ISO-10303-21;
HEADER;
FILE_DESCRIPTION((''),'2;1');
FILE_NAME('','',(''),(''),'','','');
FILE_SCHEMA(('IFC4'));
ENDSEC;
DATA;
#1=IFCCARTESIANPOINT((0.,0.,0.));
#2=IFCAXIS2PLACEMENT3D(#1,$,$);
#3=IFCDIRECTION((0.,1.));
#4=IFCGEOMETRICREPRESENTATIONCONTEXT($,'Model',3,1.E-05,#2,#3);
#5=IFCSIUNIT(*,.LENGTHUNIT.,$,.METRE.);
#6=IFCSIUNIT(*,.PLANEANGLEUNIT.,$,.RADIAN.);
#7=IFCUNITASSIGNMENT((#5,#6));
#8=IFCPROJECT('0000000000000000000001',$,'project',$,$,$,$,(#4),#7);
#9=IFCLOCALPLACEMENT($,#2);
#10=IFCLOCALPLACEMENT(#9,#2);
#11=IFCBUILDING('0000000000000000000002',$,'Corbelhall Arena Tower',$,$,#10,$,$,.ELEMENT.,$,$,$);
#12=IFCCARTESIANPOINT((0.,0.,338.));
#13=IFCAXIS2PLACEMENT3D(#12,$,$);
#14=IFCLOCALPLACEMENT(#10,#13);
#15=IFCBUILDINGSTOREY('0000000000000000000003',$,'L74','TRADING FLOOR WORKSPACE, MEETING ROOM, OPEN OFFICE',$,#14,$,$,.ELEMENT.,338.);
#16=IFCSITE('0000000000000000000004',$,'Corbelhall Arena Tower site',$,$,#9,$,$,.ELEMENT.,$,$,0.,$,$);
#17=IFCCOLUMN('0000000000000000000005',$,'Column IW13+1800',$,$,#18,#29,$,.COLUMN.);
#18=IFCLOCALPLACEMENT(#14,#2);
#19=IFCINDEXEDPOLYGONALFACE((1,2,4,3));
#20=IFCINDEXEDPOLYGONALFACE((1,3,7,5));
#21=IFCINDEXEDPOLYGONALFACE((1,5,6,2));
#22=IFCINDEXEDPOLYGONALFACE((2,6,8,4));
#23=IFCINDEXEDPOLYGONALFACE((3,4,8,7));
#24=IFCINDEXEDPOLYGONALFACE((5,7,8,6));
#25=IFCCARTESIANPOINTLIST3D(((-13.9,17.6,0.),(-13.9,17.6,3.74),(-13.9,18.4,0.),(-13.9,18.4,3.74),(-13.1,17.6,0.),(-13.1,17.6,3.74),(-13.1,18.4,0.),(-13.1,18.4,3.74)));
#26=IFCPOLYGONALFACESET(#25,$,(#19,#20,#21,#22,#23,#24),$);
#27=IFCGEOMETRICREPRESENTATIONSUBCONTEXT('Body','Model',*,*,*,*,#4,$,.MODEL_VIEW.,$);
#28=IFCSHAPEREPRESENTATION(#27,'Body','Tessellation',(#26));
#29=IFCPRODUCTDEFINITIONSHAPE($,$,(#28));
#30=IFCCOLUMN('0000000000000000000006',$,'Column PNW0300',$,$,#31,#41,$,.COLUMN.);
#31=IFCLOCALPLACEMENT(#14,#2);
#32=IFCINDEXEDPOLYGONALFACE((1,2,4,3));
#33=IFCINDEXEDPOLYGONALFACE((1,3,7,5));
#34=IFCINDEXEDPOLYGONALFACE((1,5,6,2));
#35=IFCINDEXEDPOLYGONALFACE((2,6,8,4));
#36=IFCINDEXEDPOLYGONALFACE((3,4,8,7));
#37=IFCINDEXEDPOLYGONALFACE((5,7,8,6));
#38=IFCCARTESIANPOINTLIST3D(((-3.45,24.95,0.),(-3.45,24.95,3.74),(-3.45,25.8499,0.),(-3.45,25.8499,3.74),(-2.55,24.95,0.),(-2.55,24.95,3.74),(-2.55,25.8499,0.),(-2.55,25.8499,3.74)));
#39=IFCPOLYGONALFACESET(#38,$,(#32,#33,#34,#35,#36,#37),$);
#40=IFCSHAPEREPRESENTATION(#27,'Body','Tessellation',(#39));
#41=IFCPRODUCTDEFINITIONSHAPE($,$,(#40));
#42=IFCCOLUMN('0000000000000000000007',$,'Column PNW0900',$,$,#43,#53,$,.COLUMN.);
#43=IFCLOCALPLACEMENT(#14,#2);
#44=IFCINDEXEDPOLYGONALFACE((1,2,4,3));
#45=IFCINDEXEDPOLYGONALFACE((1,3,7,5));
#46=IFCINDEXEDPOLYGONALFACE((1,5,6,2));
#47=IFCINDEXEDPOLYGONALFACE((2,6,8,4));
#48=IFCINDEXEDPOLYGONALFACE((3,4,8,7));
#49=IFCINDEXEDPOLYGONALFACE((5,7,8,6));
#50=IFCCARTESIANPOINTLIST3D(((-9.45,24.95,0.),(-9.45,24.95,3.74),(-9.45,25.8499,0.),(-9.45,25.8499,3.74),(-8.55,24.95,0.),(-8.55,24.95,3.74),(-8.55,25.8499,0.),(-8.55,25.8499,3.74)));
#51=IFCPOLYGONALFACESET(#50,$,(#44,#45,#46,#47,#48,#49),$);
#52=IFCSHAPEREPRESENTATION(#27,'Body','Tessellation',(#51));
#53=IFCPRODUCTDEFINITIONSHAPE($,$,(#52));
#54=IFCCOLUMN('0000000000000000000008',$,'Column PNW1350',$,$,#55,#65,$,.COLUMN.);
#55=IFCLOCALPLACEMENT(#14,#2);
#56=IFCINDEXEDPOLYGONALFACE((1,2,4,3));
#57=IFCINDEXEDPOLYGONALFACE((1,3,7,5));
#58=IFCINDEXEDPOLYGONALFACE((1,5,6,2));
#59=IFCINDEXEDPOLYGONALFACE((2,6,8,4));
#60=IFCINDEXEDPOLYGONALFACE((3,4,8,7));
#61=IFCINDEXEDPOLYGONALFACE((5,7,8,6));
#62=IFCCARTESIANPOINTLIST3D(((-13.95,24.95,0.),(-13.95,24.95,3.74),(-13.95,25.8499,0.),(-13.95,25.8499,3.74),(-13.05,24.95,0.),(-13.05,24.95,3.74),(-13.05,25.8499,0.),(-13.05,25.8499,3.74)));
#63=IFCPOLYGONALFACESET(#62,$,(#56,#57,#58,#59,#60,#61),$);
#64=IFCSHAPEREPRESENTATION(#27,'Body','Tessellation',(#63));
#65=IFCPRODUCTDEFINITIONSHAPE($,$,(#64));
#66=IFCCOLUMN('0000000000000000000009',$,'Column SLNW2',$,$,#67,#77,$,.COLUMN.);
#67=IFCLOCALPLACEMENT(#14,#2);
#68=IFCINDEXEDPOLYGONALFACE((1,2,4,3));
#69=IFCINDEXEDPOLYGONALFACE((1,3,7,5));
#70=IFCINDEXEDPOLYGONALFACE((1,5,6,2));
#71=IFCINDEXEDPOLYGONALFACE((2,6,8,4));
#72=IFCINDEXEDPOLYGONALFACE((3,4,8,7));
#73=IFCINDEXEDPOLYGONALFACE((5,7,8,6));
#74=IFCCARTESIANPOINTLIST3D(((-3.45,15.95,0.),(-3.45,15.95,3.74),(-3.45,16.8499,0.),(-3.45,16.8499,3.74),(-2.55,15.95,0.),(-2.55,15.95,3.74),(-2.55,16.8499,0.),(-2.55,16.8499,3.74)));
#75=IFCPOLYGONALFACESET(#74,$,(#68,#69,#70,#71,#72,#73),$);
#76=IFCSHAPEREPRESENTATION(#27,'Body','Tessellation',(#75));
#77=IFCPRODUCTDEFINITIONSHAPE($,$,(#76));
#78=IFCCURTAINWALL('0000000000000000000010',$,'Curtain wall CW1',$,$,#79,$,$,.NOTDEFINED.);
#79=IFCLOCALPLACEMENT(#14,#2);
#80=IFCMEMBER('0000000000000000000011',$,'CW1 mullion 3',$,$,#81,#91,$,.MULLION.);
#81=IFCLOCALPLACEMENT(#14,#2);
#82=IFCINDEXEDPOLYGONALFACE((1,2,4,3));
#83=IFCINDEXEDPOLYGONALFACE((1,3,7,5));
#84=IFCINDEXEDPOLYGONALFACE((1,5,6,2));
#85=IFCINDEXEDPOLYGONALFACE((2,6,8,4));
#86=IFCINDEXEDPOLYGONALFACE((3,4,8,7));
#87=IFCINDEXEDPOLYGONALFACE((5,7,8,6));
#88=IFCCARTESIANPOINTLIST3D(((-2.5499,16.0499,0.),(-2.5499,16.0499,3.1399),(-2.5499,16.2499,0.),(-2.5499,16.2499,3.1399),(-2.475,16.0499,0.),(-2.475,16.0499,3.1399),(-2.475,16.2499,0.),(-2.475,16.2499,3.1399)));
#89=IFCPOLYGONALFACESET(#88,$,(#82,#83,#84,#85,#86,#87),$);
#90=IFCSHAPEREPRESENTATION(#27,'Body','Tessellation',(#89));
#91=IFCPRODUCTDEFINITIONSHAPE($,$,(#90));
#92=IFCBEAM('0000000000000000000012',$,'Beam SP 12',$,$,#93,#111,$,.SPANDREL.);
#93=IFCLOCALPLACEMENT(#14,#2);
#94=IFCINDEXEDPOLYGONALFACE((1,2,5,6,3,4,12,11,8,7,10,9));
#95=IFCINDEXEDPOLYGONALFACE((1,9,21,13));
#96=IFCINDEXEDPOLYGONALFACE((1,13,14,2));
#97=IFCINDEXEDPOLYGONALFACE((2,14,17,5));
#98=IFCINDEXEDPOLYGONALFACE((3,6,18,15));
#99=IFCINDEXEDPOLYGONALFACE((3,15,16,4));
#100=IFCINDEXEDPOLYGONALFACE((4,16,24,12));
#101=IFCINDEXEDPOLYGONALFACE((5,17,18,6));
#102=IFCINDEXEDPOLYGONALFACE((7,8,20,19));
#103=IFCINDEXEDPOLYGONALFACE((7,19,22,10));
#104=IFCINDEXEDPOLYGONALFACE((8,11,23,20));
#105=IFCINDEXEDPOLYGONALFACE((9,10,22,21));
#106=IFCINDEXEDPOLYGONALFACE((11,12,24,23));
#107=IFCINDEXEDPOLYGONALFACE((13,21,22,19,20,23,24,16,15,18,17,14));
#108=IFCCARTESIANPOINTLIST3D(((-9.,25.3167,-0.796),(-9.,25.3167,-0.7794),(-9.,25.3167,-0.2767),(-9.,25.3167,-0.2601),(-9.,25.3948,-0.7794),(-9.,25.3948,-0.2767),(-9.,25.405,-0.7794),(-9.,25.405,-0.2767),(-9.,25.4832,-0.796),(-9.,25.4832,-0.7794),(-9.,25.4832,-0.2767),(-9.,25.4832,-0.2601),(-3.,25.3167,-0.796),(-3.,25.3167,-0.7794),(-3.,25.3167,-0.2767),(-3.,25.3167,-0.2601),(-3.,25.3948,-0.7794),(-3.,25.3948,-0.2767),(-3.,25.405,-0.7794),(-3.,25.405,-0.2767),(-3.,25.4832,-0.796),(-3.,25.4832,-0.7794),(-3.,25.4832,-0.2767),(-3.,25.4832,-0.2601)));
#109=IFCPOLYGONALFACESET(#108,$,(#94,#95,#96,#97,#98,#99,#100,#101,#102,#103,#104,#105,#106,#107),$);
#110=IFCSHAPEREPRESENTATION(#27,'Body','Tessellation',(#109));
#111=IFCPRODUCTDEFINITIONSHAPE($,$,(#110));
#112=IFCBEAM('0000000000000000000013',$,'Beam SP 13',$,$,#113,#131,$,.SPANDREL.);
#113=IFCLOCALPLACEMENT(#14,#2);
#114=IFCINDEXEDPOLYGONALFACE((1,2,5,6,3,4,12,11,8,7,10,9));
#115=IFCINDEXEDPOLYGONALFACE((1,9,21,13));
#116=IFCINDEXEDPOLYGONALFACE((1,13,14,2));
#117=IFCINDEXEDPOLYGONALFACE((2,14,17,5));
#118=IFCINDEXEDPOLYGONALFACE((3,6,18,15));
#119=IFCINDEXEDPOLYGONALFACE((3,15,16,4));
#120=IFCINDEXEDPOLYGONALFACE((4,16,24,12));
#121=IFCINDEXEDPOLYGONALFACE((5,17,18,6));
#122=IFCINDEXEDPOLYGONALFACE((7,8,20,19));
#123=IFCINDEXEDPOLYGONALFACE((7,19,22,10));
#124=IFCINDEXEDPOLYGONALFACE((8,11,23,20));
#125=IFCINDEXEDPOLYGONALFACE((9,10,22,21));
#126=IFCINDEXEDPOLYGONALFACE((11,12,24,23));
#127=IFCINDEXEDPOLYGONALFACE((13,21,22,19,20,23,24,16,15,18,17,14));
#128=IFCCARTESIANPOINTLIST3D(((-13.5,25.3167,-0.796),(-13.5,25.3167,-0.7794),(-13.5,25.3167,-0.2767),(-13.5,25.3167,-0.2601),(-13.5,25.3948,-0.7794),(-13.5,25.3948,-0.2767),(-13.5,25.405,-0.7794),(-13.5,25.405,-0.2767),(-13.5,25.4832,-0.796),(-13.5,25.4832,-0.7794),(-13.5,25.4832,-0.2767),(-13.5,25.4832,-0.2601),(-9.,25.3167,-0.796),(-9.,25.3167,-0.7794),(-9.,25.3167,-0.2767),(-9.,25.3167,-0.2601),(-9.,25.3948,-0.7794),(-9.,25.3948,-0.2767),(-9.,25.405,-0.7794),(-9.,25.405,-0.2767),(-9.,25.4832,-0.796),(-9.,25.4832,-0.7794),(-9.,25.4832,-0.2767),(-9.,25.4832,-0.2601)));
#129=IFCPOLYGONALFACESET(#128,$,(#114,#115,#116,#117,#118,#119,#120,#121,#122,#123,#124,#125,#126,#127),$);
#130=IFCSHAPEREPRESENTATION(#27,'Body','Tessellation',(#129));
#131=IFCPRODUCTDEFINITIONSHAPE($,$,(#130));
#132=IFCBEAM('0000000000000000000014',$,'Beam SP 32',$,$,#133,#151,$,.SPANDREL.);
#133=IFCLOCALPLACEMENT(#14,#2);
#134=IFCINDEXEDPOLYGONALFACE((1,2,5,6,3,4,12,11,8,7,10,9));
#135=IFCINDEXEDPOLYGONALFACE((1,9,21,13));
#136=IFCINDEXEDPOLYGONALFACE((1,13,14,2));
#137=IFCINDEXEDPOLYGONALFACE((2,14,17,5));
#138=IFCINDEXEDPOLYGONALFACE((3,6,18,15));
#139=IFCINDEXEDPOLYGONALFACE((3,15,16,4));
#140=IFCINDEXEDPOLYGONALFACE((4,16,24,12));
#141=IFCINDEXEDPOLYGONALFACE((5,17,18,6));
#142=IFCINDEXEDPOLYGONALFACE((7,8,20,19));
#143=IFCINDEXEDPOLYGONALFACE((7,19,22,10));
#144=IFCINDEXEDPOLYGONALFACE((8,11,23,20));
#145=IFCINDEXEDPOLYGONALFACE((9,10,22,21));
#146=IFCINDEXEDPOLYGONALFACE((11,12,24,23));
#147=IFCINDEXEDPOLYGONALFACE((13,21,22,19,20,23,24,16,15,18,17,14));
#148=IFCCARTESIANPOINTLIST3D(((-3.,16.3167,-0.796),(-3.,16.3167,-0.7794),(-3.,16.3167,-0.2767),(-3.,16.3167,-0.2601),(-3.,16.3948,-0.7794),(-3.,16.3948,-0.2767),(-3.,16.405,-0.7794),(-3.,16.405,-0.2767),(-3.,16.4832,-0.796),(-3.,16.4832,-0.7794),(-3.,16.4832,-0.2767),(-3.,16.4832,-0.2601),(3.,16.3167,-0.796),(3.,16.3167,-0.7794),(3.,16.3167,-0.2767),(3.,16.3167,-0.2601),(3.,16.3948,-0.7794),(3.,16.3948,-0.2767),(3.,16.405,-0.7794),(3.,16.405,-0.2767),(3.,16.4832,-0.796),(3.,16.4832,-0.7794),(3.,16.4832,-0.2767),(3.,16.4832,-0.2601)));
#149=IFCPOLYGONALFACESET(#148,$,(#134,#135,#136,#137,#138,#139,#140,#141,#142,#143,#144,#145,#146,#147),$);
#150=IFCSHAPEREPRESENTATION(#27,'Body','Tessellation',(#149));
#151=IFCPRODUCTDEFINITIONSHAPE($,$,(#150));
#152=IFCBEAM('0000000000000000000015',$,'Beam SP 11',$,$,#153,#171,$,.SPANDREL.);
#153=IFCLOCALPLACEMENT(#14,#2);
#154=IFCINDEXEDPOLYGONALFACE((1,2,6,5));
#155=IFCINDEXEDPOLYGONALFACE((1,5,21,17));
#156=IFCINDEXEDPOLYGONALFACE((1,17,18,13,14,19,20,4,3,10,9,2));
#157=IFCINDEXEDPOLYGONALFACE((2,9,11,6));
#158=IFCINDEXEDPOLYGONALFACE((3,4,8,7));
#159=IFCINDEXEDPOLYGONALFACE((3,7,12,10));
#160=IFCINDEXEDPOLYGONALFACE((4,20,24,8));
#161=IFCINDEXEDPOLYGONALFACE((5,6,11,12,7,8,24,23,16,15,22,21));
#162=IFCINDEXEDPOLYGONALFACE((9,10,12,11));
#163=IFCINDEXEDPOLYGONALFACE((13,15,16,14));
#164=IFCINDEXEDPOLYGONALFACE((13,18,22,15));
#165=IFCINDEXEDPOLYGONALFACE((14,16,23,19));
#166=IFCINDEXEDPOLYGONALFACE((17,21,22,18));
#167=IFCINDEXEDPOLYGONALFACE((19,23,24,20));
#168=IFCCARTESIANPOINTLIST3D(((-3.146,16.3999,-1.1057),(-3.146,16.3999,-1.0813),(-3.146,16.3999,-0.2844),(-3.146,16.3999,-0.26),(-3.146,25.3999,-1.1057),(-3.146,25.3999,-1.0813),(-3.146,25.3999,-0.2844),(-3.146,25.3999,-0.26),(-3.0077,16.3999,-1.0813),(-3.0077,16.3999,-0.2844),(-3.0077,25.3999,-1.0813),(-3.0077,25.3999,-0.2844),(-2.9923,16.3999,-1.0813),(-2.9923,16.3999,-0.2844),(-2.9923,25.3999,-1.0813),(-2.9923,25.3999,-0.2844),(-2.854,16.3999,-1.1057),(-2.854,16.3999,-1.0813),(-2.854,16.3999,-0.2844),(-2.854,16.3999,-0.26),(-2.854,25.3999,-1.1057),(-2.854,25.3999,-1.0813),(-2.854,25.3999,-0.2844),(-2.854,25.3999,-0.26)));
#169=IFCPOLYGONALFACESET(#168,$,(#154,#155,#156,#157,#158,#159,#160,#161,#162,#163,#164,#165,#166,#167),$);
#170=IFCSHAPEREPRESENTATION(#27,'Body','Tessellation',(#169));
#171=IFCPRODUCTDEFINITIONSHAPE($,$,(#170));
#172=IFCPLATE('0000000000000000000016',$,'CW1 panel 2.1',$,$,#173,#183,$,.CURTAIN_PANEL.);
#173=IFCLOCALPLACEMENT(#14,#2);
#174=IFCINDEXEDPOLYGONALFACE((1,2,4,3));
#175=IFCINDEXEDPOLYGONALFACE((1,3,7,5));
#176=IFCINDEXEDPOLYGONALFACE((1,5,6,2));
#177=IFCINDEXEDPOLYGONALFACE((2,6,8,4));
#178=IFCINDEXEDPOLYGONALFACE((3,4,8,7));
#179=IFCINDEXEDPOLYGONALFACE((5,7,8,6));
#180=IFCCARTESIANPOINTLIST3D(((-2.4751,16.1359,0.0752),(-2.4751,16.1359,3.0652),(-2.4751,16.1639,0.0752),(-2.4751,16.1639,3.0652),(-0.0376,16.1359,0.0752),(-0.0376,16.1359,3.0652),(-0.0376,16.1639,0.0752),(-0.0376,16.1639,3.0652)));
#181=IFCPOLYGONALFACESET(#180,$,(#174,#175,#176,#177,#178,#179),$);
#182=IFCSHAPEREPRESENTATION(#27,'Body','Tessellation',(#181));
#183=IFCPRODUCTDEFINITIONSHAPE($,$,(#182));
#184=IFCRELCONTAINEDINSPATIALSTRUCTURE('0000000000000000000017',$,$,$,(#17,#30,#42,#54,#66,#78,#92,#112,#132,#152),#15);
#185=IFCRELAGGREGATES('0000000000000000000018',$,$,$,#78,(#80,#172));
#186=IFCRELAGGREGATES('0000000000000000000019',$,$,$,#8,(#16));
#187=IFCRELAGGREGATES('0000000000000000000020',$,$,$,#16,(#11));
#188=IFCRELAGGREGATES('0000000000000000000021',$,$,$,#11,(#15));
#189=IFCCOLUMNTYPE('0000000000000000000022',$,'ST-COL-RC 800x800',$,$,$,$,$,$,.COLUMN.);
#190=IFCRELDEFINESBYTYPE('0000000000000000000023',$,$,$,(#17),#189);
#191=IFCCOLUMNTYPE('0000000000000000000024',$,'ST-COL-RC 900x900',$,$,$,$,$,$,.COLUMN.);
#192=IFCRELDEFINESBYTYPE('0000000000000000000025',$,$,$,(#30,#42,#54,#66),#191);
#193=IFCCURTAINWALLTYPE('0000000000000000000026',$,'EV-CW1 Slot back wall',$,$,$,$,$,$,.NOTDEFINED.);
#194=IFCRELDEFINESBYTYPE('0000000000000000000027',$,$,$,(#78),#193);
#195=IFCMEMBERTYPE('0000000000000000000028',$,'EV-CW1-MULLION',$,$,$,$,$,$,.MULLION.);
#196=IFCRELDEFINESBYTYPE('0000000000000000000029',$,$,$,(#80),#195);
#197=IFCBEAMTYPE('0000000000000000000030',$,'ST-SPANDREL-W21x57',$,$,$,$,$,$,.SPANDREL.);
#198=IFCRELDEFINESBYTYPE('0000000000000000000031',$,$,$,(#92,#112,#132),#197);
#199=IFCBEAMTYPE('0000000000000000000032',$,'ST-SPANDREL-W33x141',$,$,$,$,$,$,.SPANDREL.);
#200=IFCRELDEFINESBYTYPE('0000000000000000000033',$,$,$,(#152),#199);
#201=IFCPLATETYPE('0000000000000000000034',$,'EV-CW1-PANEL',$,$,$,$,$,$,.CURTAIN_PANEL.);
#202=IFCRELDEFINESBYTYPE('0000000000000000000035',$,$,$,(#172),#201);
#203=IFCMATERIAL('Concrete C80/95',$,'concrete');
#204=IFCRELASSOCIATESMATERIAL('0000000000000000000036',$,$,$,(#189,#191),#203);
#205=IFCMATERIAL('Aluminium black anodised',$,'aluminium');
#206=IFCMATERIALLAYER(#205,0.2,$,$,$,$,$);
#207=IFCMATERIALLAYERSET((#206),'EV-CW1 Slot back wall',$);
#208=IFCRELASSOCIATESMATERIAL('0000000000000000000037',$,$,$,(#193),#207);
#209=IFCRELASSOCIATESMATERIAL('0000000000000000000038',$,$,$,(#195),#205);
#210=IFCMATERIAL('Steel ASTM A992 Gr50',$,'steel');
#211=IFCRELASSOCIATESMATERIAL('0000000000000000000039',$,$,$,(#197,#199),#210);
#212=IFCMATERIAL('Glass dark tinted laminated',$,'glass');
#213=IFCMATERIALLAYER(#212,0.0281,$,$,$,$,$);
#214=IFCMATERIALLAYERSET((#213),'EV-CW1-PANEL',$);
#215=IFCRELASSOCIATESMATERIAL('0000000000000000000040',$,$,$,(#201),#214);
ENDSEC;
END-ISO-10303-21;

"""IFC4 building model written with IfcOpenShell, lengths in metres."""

from ifc_helpers import new_model, si_unit, direction, frame, origin, origin_2d, place, context, subcontext, project, spatial, rectangle, i_section, extrude, material, layer, layer_set, material_profile, profile_set, type_object, element, aggregate, save


model = new_model("IFC4")

# Units and contexts
model_context = context("Model", 3, precision=1e-05, world=origin(), true_north=direction((0.0, 1.0)))
body_context = subcontext(model_context, "Body", "Model", "MODEL_VIEW")
ifc_project = project(units=[si_unit("LENGTHUNIT", "METRE"), si_unit("PLANEANGLEUNIT", "RADIAN")], contexts=[model_context])

# Site, building, storey
site_placement = place(None, origin())
site = spatial("IfcSite", under=ifc_project, at=site_placement, Name="Corbelhall Arena Tower site", CompositionType="ELEMENT", RefElevation=0.0)
building_placement = place(site_placement, origin())
building = spatial("IfcBuilding", under=site, at=building_placement, Name="Corbelhall Arena Tower", CompositionType="ELEMENT")
storey_placement = place(building_placement, frame((0.0, 0.0, 338.0)))
storey = spatial("IfcBuildingStorey", under=building, at=storey_placement, Name="L74", Description="TRADING FLOOR WORKSPACE, MEETING ROOM, OPEN OFFICE", CompositionType="ELEMENT", Elevation=338.0)

# Columns
ifc_material_1 = material(Name="Concrete C80/95", Category="concrete")
ifc_material_profile_1 = material_profile(ifc_material_1, rectangle(XDim=0.8, YDim=0.8, at=origin_2d()))
ifc_profile_set_1 = profile_set([ifc_material_profile_1], Name="Concrete C80/95")
column_type_1 = type_object("IfcColumnType", Name="ST-COL-RC 800x800", PredefinedType="COLUMN", material=ifc_profile_set_1)
column_placement = place(storey_placement, frame((-13.5, 18.0, 0.0), z_axis=(0.0, 0.0, 1.0), x_axis=(1.0, 0.0, 0.0)))
element("IfcColumn", 1, at=column_placement, inside=storey, type_object=column_type_1, Name="Column IW13+1800", PredefinedType="COLUMN", context=body_context, shape_type="SweptSolid", body=[
    extrude(rectangle(XDim=0.8, YDim=0.8, at=origin_2d()), origin(), (0.0, 0.0, 1.0), 3.74),
])
ifc_material_profile_2 = material_profile(ifc_material_1, rectangle(XDim=0.8999, YDim=0.8999, at=origin_2d()))
ifc_profile_set_2 = profile_set([ifc_material_profile_2], Name="Concrete C80/95")
column_type_2 = type_object("IfcColumnType", Name="ST-COL-RC 900x900", PredefinedType="COLUMN", material=ifc_profile_set_2)
for number, where, z_axis, x_axis, name in (
    (2, (-3.0, 25.3999, 0.0), (0.0, 0.0, 1.0), (1.0, 0.0, 0.0), "Column PNW0300"),
    (3, (-9.0, 25.3999, 0.0), (0.0, 0.0, 1.0), (1.0, 0.0, 0.0), "Column PNW0900"),
    (4, (-13.5, 25.3999, 0.0), (0.0, 0.0, 1.0), (1.0, 0.0, 0.0), "Column PNW1350"),
    (5, (-3.0, 16.3999, 0.0), (0.0, 0.0, 1.0), (1.0, 0.0, 0.0), "Column SLNW2"),
):
    element("IfcColumn", number, at=place(storey_placement, frame(where, z_axis=z_axis, x_axis=x_axis)), inside=storey, type_object=column_type_2, Name=name, PredefinedType="COLUMN", context=body_context, shape_type="SweptSolid", body=[
        extrude(rectangle(XDim=0.8999, YDim=0.8999, at=origin_2d()), origin(), (0.0, 0.0, 1.0), 3.74),
    ])

# Curtain wall, member
ifc_material_2 = material(Name="Aluminium black anodised", Category="aluminium")
ifc_layer_1 = layer(ifc_material_2, 0.2)
ifc_layer_set_1 = layer_set([ifc_layer_1], Name="EV-CW1 Slot back wall")
curtain_wall_type = type_object("IfcCurtainWallType", Name="EV-CW1 Slot back wall", PredefinedType="NOTDEFINED", material=ifc_layer_set_1)
curtain_wall_placement = place(storey_placement, origin())
curtain_wall = element("IfcCurtainWall", 6, at=curtain_wall_placement, inside=storey, type_object=curtain_wall_type, Name="Curtain wall CW1", PredefinedType="NOTDEFINED")
ifc_material_profile_3 = material_profile(ifc_material_2, rectangle(XDim=0.2, YDim=0.075, at=origin_2d()))
ifc_profile_set_3 = profile_set([ifc_material_profile_3], Name="Aluminium black anodised")
member_type = type_object("IfcMemberType", Name="EV-CW1-MULLION", PredefinedType="MULLION", material=ifc_profile_set_3)
member_placement = place(storey_placement, frame((-2.5125, 16.1499, 0.0), z_axis=(0.0, 0.0, 1.0), x_axis=(0.0, -1.0, 0.0)))
member = element("IfcMember", 7, at=member_placement, type_object=member_type, Name="CW1 mullion 3", PredefinedType="MULLION", context=body_context, shape_type="SweptSolid", body=[
    extrude(rectangle(XDim=0.2, YDim=0.075, at=origin_2d()), origin(), (0.0, 0.0, 1.0), 3.1399),
])

# Beams
ifc_material_3 = material(Name="Steel ASTM A992 Gr50", Category="steel")
ifc_material_profile_4 = material_profile(ifc_material_3, i_section(OverallWidth=0.1665, OverallDepth=0.5359, WebThickness=0.0103, FlangeThickness=0.0166, at=origin_2d()))
ifc_profile_set_4 = profile_set([ifc_material_profile_4], Name="Steel ASTM A992 Gr50")
beam_type_1 = type_object("IfcBeamType", Name="ST-SPANDREL-W21x57", PredefinedType="SPANDREL", material=ifc_profile_set_4)
beam_1_placement = place(storey_placement, frame((-9.0, 25.3999, -0.5281), z_axis=(1.0, 0.0, 0.0), x_axis=(0.0, 1.0, 0.0)))
element("IfcBeam", 8, at=beam_1_placement, inside=storey, type_object=beam_type_1, Name="Beam SP 12", PredefinedType="SPANDREL", context=body_context, shape_type="SweptSolid", body=[
    extrude(i_section(OverallWidth=0.1665, OverallDepth=0.5359, WebThickness=0.0103, FlangeThickness=0.0166, at=origin_2d()), origin(), (0.0, 0.0, 1.0), 6.0),
])
beam_2_placement = place(storey_placement, frame((-13.5, 25.3999, -0.5281), z_axis=(1.0, 0.0, 0.0), x_axis=(0.0, 1.0, 0.0)))
element("IfcBeam", 9, at=beam_2_placement, inside=storey, type_object=beam_type_1, Name="Beam SP 13", PredefinedType="SPANDREL", context=body_context, shape_type="SweptSolid", body=[
    extrude(i_section(OverallWidth=0.1665, OverallDepth=0.5359, WebThickness=0.0103, FlangeThickness=0.0166, at=origin_2d()), origin(), (0.0, 0.0, 1.0), 4.5),
])
beam_3_placement = place(storey_placement, frame((-3.0, 16.3999, -0.5281), z_axis=(1.0, 0.0, 0.0), x_axis=(0.0, 1.0, 0.0)))
element("IfcBeam", 10, at=beam_3_placement, inside=storey, type_object=beam_type_1, Name="Beam SP 32", PredefinedType="SPANDREL", context=body_context, shape_type="SweptSolid", body=[
    extrude(i_section(OverallWidth=0.1665, OverallDepth=0.5359, WebThickness=0.0103, FlangeThickness=0.0166, at=origin_2d()), origin(), (0.0, 0.0, 1.0), 6.0),
])
ifc_material_profile_5 = material_profile(ifc_material_3, i_section(OverallWidth=0.292, OverallDepth=0.8457, WebThickness=0.0154, FlangeThickness=0.0244, at=origin_2d()))
ifc_profile_set_5 = profile_set([ifc_material_profile_5], Name="Steel ASTM A992 Gr50")
beam_type_2 = type_object("IfcBeamType", Name="ST-SPANDREL-W33x141", PredefinedType="SPANDREL", material=ifc_profile_set_5)
beam_4_placement = place(storey_placement, frame((-3.0, 25.3999, -0.6829), z_axis=(0.0, -1.0, 0.0), x_axis=(1.0, 0.0, 0.0)))
element("IfcBeam", 11, at=beam_4_placement, inside=storey, type_object=beam_type_2, Name="Beam SP 11", PredefinedType="SPANDREL", context=body_context, shape_type="SweptSolid", body=[
    extrude(i_section(OverallWidth=0.292, OverallDepth=0.8457, WebThickness=0.0154, FlangeThickness=0.0244, at=origin_2d()), origin(), (0.0, 0.0, 1.0), 9.0),
])

# Plate
ifc_material_4 = material(Name="Glass dark tinted laminated", Category="glass")
ifc_layer_2 = layer(ifc_material_4, 0.0281)
ifc_layer_set_2 = layer_set([ifc_layer_2], Name="EV-CW1-PANEL")
plate_type = type_object("IfcPlateType", Name="EV-CW1-PANEL", PredefinedType="CURTAIN_PANEL", material=ifc_layer_set_2)
plate_placement = place(storey_placement, frame((-1.2563, 16.1499, 0.0752), z_axis=(0.0, 0.0, 1.0), x_axis=(-1.0, 0.0, 0.0)))
plate = element("IfcPlate", 12, at=plate_placement, type_object=plate_type, Name="CW1 panel 2.1", PredefinedType="CURTAIN_PANEL", context=body_context, shape_type="SweptSolid", body=[
    extrude(rectangle(XDim=2.4375, YDim=0.0281, at=origin_2d()), origin(), (0.0, 0.0, 1.0), 2.99),
])
aggregate(curtain_wall, [member, plate])

save(model, "model.ifc")
